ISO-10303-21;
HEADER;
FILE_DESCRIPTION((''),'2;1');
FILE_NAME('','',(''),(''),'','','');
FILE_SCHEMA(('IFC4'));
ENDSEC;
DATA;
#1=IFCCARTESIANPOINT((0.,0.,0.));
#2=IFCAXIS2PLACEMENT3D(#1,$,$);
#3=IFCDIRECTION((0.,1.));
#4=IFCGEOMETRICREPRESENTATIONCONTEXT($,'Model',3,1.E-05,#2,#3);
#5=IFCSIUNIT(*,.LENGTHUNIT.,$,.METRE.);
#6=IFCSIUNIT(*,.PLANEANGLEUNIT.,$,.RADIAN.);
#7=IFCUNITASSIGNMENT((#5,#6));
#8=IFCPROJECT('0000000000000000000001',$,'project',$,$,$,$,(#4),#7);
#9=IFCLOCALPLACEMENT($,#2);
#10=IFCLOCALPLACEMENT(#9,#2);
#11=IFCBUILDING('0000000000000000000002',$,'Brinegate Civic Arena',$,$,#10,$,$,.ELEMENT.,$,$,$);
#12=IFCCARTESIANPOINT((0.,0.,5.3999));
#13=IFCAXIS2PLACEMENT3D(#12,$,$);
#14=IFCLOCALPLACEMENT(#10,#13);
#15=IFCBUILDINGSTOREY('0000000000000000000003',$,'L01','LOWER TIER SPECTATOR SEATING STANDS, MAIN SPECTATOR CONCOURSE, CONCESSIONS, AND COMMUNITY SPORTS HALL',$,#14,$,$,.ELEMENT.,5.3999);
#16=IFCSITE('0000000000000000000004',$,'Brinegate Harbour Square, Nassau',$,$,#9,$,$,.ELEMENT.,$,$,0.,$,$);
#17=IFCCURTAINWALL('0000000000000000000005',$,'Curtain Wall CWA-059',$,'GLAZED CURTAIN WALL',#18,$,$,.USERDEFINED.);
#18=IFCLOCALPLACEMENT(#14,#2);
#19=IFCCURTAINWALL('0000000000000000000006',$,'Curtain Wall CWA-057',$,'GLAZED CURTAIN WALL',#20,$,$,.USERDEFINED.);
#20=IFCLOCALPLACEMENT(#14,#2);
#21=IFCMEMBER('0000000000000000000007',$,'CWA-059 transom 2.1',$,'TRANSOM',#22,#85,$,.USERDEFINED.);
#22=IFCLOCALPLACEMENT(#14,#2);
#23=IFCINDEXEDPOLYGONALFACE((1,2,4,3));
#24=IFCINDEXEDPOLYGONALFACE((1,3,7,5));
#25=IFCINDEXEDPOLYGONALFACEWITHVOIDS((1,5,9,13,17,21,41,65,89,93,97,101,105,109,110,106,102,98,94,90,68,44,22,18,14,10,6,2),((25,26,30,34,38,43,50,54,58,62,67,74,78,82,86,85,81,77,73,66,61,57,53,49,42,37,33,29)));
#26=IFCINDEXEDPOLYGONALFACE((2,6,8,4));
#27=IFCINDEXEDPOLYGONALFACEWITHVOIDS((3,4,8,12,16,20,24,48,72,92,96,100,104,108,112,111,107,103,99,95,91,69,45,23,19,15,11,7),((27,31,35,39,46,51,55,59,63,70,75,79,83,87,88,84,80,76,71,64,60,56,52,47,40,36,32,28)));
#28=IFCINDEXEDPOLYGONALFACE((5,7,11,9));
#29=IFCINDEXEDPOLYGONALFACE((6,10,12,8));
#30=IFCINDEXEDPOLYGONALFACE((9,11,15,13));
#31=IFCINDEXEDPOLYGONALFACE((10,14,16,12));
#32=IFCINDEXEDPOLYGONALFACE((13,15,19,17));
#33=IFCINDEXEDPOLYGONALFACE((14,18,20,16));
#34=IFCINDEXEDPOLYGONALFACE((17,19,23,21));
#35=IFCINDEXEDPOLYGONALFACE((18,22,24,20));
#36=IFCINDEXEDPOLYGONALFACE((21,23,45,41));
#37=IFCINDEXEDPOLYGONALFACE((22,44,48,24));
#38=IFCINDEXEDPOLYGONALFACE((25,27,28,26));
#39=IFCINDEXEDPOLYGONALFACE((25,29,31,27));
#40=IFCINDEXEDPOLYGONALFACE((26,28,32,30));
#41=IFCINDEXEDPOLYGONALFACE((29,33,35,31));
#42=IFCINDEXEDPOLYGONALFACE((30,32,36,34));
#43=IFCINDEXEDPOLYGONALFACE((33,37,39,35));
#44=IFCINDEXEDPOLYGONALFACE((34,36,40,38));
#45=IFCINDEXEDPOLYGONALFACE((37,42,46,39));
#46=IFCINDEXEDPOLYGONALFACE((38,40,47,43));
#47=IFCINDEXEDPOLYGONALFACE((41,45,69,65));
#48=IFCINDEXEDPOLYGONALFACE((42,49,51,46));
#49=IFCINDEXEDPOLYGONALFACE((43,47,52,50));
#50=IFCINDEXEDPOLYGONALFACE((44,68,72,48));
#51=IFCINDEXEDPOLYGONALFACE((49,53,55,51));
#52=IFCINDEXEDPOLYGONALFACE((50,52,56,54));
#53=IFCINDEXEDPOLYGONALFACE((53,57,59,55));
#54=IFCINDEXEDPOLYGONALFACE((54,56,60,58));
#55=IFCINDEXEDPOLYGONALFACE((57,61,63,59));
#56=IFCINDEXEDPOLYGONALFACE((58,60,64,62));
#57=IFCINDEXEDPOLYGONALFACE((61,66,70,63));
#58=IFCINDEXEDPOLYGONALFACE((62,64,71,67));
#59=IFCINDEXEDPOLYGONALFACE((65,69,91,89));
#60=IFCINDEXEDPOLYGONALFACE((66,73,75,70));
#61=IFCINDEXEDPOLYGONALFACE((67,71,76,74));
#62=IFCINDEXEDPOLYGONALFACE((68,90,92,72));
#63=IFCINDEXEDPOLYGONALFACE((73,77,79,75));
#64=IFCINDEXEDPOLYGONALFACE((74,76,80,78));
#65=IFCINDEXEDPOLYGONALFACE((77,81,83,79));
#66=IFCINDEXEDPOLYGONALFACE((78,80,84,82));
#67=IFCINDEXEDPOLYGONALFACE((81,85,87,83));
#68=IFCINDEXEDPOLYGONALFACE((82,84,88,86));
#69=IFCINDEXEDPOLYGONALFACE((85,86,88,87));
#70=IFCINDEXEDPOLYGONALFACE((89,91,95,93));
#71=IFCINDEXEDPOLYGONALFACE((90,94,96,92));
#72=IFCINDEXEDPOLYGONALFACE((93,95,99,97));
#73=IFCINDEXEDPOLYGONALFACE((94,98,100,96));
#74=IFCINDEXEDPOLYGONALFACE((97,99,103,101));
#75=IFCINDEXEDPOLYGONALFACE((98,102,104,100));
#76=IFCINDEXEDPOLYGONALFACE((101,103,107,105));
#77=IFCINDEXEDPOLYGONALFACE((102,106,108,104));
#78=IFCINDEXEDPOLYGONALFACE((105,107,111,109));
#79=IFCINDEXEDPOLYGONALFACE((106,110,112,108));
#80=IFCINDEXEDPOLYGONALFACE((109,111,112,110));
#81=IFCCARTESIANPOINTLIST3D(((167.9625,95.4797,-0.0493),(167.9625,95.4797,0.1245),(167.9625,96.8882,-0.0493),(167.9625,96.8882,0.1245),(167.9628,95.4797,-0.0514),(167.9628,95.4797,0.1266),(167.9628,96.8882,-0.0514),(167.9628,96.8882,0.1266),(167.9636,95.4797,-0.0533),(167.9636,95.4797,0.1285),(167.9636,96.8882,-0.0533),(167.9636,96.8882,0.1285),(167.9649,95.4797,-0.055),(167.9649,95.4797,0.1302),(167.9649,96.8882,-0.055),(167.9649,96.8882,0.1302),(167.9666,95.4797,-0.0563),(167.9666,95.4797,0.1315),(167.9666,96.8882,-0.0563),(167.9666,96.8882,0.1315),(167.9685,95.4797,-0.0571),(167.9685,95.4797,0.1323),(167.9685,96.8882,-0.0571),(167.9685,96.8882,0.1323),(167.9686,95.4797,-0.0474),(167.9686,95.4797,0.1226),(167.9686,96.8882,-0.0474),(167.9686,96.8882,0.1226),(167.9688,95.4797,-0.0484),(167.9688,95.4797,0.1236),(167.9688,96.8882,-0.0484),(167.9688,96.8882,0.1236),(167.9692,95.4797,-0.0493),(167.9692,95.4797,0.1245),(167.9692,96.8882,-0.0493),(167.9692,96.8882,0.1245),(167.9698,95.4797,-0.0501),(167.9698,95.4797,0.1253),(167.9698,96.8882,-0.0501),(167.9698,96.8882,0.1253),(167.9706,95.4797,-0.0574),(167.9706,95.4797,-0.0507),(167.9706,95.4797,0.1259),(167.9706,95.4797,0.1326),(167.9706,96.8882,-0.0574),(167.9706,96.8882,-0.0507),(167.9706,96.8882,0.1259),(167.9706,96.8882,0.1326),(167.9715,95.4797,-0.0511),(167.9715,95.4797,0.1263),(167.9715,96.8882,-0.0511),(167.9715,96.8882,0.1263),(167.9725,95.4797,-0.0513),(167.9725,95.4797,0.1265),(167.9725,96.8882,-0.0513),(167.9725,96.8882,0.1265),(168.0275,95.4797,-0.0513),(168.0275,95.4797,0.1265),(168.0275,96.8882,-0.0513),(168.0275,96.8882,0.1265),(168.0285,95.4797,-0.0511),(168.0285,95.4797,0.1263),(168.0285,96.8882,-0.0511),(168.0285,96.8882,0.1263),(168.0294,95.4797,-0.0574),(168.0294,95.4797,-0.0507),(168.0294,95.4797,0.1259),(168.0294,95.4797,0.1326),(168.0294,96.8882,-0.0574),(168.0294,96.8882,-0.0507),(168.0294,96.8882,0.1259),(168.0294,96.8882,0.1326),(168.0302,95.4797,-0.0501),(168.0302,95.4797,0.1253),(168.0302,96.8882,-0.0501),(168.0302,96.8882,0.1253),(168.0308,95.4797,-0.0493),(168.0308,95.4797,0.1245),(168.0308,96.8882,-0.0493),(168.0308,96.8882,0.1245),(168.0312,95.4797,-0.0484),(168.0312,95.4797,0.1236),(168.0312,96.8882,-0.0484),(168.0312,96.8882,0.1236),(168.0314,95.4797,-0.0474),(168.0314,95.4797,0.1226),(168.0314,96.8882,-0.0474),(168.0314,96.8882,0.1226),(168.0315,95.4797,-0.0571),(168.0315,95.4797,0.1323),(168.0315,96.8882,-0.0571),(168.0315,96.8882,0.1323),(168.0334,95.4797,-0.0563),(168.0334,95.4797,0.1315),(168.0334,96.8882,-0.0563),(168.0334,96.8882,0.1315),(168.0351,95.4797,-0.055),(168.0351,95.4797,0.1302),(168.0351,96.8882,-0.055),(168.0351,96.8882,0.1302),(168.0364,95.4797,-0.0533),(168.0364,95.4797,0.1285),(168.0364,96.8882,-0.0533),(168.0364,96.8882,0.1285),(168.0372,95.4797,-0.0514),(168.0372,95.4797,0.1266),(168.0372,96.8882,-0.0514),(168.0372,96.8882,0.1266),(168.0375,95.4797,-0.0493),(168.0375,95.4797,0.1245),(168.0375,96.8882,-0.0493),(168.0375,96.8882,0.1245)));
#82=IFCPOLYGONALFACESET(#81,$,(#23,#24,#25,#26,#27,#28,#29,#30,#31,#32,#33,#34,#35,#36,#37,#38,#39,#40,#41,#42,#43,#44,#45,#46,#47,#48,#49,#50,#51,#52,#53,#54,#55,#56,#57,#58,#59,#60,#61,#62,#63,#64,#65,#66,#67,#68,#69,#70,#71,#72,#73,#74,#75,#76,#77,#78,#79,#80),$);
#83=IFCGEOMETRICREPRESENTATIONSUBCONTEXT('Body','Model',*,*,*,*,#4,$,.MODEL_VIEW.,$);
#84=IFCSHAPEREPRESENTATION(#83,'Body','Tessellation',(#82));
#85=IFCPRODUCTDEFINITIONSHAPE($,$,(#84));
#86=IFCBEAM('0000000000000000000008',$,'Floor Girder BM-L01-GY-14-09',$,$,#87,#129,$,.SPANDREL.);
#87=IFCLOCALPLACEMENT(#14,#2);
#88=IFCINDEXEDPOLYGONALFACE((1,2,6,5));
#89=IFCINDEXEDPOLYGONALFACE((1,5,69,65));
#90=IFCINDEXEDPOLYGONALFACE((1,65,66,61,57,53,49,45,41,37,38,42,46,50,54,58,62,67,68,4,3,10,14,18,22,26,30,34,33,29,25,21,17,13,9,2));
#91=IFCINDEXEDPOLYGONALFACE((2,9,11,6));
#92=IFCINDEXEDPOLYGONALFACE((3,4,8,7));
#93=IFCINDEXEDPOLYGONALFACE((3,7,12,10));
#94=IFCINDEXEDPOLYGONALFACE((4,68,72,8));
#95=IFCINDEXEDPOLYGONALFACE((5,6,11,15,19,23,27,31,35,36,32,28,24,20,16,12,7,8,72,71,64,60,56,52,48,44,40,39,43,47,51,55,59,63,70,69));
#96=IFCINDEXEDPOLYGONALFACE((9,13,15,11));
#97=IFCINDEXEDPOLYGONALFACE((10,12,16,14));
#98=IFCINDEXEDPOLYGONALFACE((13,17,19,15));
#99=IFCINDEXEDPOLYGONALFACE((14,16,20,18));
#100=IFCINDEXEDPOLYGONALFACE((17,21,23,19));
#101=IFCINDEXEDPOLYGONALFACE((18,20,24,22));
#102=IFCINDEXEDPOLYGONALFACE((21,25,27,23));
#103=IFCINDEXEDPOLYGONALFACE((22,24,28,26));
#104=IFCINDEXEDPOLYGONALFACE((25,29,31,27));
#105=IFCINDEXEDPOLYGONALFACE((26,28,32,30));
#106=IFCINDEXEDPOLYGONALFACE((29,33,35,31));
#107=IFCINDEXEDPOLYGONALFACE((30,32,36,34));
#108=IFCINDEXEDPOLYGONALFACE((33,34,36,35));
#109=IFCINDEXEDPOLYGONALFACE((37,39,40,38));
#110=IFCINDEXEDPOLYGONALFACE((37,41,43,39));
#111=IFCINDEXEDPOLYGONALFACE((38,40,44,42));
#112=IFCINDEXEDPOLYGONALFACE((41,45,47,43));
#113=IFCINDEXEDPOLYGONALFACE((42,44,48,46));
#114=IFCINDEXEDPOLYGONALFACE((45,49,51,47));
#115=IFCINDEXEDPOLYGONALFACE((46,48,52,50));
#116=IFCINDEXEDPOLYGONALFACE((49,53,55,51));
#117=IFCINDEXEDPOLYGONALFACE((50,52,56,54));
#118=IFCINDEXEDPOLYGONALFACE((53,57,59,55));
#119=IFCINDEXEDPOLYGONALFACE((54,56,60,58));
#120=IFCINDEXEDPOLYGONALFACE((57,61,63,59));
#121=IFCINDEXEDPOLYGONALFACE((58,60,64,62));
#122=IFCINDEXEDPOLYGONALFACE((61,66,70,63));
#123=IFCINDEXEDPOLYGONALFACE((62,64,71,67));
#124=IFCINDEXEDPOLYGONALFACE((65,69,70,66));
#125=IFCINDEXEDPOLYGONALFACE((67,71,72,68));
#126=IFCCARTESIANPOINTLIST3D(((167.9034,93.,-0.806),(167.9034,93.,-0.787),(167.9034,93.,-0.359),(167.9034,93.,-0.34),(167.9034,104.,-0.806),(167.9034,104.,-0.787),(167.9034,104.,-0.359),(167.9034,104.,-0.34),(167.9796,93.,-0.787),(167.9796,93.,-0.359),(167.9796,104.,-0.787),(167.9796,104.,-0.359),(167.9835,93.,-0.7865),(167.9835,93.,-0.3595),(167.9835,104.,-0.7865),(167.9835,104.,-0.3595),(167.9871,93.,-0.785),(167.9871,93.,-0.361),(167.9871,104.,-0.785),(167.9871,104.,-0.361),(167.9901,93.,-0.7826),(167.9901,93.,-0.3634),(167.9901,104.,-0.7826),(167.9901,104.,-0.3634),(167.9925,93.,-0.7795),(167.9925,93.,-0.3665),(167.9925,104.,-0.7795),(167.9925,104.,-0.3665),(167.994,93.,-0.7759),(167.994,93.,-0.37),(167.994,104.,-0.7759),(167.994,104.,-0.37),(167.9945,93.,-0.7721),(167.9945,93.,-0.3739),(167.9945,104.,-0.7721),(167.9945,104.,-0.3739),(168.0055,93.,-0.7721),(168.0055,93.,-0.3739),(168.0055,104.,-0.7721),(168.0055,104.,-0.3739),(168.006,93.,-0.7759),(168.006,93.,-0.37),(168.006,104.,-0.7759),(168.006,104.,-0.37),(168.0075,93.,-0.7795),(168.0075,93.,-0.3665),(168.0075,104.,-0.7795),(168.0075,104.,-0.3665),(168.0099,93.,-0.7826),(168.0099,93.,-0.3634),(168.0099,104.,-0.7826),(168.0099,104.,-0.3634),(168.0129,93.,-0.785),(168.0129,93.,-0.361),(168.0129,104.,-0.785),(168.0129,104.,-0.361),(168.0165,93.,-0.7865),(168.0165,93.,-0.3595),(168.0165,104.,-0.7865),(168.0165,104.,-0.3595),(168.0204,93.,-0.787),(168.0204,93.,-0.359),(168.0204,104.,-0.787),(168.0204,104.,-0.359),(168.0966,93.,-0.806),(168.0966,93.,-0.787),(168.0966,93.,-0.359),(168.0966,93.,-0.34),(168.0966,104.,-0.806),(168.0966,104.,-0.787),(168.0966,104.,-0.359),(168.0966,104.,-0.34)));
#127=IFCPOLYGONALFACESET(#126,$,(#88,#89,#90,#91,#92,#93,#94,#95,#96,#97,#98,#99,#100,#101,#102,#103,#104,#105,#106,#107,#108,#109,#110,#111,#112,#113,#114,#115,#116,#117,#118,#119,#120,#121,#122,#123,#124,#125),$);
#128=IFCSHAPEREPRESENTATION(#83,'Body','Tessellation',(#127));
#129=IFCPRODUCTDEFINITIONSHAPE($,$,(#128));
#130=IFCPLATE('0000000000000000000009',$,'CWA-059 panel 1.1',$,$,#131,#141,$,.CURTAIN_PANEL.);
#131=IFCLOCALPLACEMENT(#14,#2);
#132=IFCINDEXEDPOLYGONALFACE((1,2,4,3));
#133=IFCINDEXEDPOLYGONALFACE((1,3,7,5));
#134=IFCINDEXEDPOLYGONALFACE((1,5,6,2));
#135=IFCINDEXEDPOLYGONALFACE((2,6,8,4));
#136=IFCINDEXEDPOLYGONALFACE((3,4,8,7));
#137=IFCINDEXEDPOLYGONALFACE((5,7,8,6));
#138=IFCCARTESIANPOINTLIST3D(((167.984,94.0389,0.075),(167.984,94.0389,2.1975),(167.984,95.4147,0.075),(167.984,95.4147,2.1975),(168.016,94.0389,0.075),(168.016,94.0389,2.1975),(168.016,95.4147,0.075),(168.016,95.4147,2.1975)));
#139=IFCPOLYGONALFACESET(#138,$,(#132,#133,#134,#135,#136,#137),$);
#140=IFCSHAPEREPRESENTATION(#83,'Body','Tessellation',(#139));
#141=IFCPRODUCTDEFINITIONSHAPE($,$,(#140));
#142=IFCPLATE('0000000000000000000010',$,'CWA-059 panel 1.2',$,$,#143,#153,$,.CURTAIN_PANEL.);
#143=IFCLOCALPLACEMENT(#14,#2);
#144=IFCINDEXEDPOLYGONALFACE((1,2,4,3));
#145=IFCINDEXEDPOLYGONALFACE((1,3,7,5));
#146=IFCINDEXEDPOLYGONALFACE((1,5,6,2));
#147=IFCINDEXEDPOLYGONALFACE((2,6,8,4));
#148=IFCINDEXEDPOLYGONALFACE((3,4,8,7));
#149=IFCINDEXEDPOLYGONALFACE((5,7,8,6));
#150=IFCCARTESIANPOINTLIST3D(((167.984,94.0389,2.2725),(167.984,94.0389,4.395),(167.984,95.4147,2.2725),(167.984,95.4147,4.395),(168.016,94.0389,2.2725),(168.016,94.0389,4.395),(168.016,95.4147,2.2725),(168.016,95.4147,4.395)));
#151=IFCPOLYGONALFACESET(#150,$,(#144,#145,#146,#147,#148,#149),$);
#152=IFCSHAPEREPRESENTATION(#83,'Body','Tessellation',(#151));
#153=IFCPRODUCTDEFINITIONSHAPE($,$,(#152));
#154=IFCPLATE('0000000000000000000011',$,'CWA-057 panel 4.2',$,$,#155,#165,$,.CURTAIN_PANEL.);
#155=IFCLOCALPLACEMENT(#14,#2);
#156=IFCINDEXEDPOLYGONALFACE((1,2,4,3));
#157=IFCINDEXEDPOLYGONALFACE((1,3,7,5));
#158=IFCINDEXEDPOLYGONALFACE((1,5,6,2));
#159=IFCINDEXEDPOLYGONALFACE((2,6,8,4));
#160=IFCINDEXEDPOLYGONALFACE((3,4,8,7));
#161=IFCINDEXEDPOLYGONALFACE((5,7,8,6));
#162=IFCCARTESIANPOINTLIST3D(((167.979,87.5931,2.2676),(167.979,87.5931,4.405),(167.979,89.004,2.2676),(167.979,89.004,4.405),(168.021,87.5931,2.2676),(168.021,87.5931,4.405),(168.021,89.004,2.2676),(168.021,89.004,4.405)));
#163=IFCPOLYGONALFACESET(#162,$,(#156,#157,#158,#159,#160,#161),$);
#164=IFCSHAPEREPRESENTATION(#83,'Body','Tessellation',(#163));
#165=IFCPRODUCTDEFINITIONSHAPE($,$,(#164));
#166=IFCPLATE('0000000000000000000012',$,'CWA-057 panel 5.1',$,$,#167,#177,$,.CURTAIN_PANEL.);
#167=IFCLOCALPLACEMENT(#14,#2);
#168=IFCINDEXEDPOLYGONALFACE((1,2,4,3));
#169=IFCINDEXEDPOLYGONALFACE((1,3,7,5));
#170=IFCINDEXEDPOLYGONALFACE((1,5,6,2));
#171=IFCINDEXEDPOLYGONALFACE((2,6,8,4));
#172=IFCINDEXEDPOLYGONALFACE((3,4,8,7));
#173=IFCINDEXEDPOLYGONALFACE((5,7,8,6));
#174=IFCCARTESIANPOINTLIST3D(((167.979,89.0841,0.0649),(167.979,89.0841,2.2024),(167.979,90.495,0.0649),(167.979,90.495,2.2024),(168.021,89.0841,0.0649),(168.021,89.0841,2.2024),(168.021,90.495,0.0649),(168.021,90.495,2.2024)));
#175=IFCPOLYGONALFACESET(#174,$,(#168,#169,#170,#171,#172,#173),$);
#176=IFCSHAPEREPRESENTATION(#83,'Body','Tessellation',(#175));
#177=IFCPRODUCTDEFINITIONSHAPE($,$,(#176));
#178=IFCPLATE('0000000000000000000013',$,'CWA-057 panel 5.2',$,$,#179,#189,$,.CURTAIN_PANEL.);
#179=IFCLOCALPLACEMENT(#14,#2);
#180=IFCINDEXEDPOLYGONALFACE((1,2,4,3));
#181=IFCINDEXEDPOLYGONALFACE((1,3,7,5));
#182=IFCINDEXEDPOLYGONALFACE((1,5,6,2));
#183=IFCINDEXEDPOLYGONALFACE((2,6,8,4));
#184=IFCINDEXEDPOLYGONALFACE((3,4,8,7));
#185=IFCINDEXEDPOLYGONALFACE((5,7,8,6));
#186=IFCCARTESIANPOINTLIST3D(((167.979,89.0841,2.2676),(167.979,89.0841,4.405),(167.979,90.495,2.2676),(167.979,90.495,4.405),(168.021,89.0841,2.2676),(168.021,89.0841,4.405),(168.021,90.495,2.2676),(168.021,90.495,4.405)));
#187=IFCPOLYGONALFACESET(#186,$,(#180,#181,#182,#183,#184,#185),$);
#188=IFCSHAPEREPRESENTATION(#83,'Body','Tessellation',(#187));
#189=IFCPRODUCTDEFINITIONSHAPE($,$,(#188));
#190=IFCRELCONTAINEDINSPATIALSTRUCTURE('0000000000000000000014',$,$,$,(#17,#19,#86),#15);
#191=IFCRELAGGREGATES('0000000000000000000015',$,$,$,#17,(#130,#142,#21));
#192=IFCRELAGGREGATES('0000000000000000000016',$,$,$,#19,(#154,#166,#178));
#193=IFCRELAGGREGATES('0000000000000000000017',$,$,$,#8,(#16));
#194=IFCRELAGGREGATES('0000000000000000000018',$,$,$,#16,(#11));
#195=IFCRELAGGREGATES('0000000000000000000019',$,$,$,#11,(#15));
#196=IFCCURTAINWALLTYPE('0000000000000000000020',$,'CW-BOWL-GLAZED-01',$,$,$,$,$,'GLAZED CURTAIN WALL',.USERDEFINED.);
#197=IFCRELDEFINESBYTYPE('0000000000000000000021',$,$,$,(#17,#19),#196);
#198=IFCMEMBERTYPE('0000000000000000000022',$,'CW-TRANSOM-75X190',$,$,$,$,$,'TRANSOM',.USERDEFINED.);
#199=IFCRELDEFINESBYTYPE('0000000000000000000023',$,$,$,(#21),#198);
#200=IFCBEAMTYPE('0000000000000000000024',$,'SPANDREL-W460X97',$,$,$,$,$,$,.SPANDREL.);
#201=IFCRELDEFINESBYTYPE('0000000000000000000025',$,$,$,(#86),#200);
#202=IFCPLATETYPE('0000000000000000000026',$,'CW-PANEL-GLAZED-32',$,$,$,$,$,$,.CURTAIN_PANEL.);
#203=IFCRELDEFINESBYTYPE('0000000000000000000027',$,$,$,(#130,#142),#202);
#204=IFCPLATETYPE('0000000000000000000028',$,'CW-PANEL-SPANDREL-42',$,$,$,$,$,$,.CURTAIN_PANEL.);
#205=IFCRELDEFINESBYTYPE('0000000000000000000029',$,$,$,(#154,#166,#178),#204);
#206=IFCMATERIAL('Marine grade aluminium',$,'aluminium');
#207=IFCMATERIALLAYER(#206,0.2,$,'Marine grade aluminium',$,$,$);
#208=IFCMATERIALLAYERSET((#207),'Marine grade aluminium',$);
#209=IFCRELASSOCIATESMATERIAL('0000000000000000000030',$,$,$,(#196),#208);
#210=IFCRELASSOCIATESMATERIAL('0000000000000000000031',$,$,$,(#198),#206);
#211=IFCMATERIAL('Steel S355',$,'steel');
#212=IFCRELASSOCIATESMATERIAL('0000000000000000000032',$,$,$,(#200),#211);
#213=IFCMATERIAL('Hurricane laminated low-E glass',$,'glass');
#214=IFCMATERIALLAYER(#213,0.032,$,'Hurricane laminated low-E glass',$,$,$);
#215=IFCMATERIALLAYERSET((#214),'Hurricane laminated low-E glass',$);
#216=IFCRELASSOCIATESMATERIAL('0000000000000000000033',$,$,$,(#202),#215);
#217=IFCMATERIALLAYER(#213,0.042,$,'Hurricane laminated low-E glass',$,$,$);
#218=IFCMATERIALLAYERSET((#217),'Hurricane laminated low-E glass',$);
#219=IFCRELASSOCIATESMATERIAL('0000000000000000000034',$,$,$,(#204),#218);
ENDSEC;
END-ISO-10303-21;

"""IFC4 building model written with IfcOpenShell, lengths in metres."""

from ifc_helpers import new_model, si_unit, direction, frame, origin, origin_2d, place, context, subcontext, project, spatial, rectangle, hollow_rectangle, i_section, extrude, material, layer, layer_set, material_profile, profile_set, type_object, element, aggregate, save


model = new_model("IFC4")

# Units and contexts
model_context = context("Model", 3, precision=1e-05, world=origin(), true_north=direction((0.0, 1.0)))
body_context = subcontext(model_context, "Body", "Model", "MODEL_VIEW")
ifc_project = project(units=[si_unit("LENGTHUNIT", "METRE"), si_unit("PLANEANGLEUNIT", "RADIAN")], contexts=[model_context])

# Site, building, storey
site_placement = place(None, origin())
site = spatial("IfcSite", under=ifc_project, at=site_placement, Name="Brinegate Harbour Square, Nassau", CompositionType="ELEMENT", RefElevation=0.0)
building_placement = place(site_placement, origin())
building = spatial("IfcBuilding", under=site, at=building_placement, Name="Brinegate Civic Arena", CompositionType="ELEMENT")
storey_placement = place(building_placement, frame((0.0, 0.0, 5.3999)))
storey = spatial("IfcBuildingStorey", under=building, at=storey_placement, Name="L01", Description="LOWER TIER SPECTATOR SEATING STANDS, MAIN SPECTATOR CONCOURSE, CONCESSIONS, AND COMMUNITY SPORTS HALL", CompositionType="ELEMENT", Elevation=5.3999)

# Curtain walls
ifc_material_1 = material(Name="Marine grade aluminium", Category="aluminium")
ifc_layer_1 = layer(ifc_material_1, 0.2, Name="Marine grade aluminium")
ifc_layer_set_1 = layer_set([ifc_layer_1], Name="Marine grade aluminium")
curtain_wall_type = type_object("IfcCurtainWallType", Name="CW-BOWL-GLAZED-01", ElementType="GLAZED CURTAIN WALL", PredefinedType="USERDEFINED", material=ifc_layer_set_1)
curtain_wall_1_placement = place(storey_placement, origin())
curtain_wall_1 = element("IfcCurtainWall", 1, at=curtain_wall_1_placement, inside=storey, type_object=curtain_wall_type, Name="Curtain Wall CWA-059", ObjectType="GLAZED CURTAIN WALL", PredefinedType="USERDEFINED")
curtain_wall_2_placement = place(storey_placement, origin())
curtain_wall_2 = element("IfcCurtainWall", 2, at=curtain_wall_2_placement, inside=storey, type_object=curtain_wall_type, Name="Curtain Wall CWA-057", ObjectType="GLAZED CURTAIN WALL", PredefinedType="USERDEFINED")

# Member
ifc_material_profile_1 = material_profile(ifc_material_1, hollow_rectangle(XDim=0.075, YDim=0.1899, WallThickness=0.0061, InnerFilletRadius=0.0039, OuterFilletRadius=0.0081, at=origin_2d()), Name="TRN75X190")
ifc_profile_set_1 = profile_set([ifc_material_profile_1], Name="Marine grade aluminium")
member_type_1 = type_object("IfcMemberType", Name="CW-TRANSOM-75X190", ElementType="TRANSOM", PredefinedType="USERDEFINED", material=ifc_profile_set_1)
member_1_placement = place(storey_placement, frame((168.0, 95.4797, 0.0376), z_axis=(0.0, 1.0, 0.0), x_axis=(-1.0, 0.0, 0.0)))
member_1 = element("IfcMember", 3, at=member_1_placement, type_object=member_type_1, Name="CWA-059 transom 2.1", ObjectType="TRANSOM", PredefinedType="USERDEFINED", context=body_context, shape_type="SweptSolid", body=[
    extrude(hollow_rectangle(XDim=0.075, YDim=0.1899, WallThickness=0.0061, InnerFilletRadius=0.0039, OuterFilletRadius=0.0081, at=origin_2d()), origin(), (0.0, 0.0, 1.0), 1.4084),
])

# Beam
ifc_material_2 = material(Name="Steel S355", Category="steel")
ifc_material_profile_2 = material_profile(ifc_material_2, i_section(OverallWidth=0.1931, OverallDepth=0.4661, WebThickness=0.011, FlangeThickness=0.019, FilletRadius=0.0149, at=origin_2d()), Name="W460X97")
ifc_profile_set_2 = profile_set([ifc_material_profile_2], Name="Steel S355")
beam_type = type_object("IfcBeamType", Name="SPANDREL-W460X97", PredefinedType="SPANDREL", material=ifc_profile_set_2)
beam_placement = place(storey_placement, frame((168.0, 93.0, -0.573), z_axis=(0.0, 1.0, 0.0), x_axis=(-1.0, 0.0, 0.0)))
element("IfcBeam", 4, at=beam_placement, inside=storey, type_object=beam_type, Name="Floor Girder BM-L01-GY-14-09", PredefinedType="SPANDREL", context=body_context, shape_type="SweptSolid", body=[
    extrude(i_section(OverallWidth=0.1931, OverallDepth=0.4661, WebThickness=0.011, FlangeThickness=0.019, FilletRadius=0.0149, at=origin_2d()), origin(), (0.0, 0.0, 1.0), 11.0),
])

# Plates
ifc_material_3 = material(Name="Hurricane laminated low-E glass", Category="glass")
ifc_layer_2 = layer(ifc_material_3, 0.032, Name="Hurricane laminated low-E glass")
ifc_layer_set_2 = layer_set([ifc_layer_2], Name="Hurricane laminated low-E glass")
plate_type_1 = type_object("IfcPlateType", Name="CW-PANEL-GLAZED-32", PredefinedType="CURTAIN_PANEL", material=ifc_layer_set_2)
plate_1_placement = place(storey_placement, frame((168.0, 94.7268, 0.075), z_axis=(0.0, 0.0, 1.0), x_axis=(0.0, 1.0, 0.0)))
plate_1 = element("IfcPlate", 5, at=plate_1_placement, type_object=plate_type_1, Name="CWA-059 panel 1.1", PredefinedType="CURTAIN_PANEL", context=body_context, shape_type="SweptSolid", body=[
    extrude(rectangle(XDim=1.3757, YDim=0.032, at=origin_2d()), origin(), (0.0, 0.0, 1.0), 2.1226),
])
plate_2_placement = place(storey_placement, frame((168.0, 94.7268, 2.2725), z_axis=(0.0, 0.0, 1.0), x_axis=(0.0, 1.0, 0.0)))
plate_2 = element("IfcPlate", 6, at=plate_2_placement, type_object=plate_type_1, Name="CWA-059 panel 1.2", PredefinedType="CURTAIN_PANEL", context=body_context, shape_type="SweptSolid", body=[
    extrude(rectangle(XDim=1.3757, YDim=0.032, at=origin_2d()), origin(), (0.0, 0.0, 1.0), 2.1226),
])
aggregate(curtain_wall_1, [plate_1, plate_2, member_1])
ifc_layer_3 = layer(ifc_material_3, 0.042, Name="Hurricane laminated low-E glass")
ifc_layer_set_3 = layer_set([ifc_layer_3], Name="Hurricane laminated low-E glass")
plate_type_2 = type_object("IfcPlateType", Name="CW-PANEL-SPANDREL-42", PredefinedType="CURTAIN_PANEL", material=ifc_layer_set_3)
plate_3_placement = place(storey_placement, frame((168.0, 88.2986, 2.2676), z_axis=(0.0, 0.0, 1.0), x_axis=(0.0, 1.0, 0.0)))
plate_3 = element("IfcPlate", 7, at=plate_3_placement, type_object=plate_type_2, Name="CWA-057 panel 4.2", PredefinedType="CURTAIN_PANEL", context=body_context, shape_type="SweptSolid", body=[
    extrude(rectangle(XDim=1.4109, YDim=0.042, at=origin_2d()), origin(), (0.0, 0.0, 1.0), 2.1375),
])
plate_4_placement = place(storey_placement, frame((168.0, 89.7896, 0.0649), z_axis=(0.0, 0.0, 1.0), x_axis=(0.0, 1.0, 0.0)))
plate_4 = element("IfcPlate", 8, at=plate_4_placement, type_object=plate_type_2, Name="CWA-057 panel 5.1", PredefinedType="CURTAIN_PANEL", context=body_context, shape_type="SweptSolid", body=[
    extrude(rectangle(XDim=1.4109, YDim=0.042, at=origin_2d()), origin(), (0.0, 0.0, 1.0), 2.1375),
])
plate_5_placement = place(storey_placement, frame((168.0, 89.7896, 2.2676), z_axis=(0.0, 0.0, 1.0), x_axis=(0.0, 1.0, 0.0)))
plate_5 = element("IfcPlate", 9, at=plate_5_placement, type_object=plate_type_2, Name="CWA-057 panel 5.2", PredefinedType="CURTAIN_PANEL", context=body_context, shape_type="SweptSolid", body=[
    extrude(rectangle(XDim=1.4109, YDim=0.042, at=origin_2d()), origin(), (0.0, 0.0, 1.0), 2.1375),
])
aggregate(curtain_wall_2, [plate_3, plate_4, plate_5])

save(model, "model.ifc")
